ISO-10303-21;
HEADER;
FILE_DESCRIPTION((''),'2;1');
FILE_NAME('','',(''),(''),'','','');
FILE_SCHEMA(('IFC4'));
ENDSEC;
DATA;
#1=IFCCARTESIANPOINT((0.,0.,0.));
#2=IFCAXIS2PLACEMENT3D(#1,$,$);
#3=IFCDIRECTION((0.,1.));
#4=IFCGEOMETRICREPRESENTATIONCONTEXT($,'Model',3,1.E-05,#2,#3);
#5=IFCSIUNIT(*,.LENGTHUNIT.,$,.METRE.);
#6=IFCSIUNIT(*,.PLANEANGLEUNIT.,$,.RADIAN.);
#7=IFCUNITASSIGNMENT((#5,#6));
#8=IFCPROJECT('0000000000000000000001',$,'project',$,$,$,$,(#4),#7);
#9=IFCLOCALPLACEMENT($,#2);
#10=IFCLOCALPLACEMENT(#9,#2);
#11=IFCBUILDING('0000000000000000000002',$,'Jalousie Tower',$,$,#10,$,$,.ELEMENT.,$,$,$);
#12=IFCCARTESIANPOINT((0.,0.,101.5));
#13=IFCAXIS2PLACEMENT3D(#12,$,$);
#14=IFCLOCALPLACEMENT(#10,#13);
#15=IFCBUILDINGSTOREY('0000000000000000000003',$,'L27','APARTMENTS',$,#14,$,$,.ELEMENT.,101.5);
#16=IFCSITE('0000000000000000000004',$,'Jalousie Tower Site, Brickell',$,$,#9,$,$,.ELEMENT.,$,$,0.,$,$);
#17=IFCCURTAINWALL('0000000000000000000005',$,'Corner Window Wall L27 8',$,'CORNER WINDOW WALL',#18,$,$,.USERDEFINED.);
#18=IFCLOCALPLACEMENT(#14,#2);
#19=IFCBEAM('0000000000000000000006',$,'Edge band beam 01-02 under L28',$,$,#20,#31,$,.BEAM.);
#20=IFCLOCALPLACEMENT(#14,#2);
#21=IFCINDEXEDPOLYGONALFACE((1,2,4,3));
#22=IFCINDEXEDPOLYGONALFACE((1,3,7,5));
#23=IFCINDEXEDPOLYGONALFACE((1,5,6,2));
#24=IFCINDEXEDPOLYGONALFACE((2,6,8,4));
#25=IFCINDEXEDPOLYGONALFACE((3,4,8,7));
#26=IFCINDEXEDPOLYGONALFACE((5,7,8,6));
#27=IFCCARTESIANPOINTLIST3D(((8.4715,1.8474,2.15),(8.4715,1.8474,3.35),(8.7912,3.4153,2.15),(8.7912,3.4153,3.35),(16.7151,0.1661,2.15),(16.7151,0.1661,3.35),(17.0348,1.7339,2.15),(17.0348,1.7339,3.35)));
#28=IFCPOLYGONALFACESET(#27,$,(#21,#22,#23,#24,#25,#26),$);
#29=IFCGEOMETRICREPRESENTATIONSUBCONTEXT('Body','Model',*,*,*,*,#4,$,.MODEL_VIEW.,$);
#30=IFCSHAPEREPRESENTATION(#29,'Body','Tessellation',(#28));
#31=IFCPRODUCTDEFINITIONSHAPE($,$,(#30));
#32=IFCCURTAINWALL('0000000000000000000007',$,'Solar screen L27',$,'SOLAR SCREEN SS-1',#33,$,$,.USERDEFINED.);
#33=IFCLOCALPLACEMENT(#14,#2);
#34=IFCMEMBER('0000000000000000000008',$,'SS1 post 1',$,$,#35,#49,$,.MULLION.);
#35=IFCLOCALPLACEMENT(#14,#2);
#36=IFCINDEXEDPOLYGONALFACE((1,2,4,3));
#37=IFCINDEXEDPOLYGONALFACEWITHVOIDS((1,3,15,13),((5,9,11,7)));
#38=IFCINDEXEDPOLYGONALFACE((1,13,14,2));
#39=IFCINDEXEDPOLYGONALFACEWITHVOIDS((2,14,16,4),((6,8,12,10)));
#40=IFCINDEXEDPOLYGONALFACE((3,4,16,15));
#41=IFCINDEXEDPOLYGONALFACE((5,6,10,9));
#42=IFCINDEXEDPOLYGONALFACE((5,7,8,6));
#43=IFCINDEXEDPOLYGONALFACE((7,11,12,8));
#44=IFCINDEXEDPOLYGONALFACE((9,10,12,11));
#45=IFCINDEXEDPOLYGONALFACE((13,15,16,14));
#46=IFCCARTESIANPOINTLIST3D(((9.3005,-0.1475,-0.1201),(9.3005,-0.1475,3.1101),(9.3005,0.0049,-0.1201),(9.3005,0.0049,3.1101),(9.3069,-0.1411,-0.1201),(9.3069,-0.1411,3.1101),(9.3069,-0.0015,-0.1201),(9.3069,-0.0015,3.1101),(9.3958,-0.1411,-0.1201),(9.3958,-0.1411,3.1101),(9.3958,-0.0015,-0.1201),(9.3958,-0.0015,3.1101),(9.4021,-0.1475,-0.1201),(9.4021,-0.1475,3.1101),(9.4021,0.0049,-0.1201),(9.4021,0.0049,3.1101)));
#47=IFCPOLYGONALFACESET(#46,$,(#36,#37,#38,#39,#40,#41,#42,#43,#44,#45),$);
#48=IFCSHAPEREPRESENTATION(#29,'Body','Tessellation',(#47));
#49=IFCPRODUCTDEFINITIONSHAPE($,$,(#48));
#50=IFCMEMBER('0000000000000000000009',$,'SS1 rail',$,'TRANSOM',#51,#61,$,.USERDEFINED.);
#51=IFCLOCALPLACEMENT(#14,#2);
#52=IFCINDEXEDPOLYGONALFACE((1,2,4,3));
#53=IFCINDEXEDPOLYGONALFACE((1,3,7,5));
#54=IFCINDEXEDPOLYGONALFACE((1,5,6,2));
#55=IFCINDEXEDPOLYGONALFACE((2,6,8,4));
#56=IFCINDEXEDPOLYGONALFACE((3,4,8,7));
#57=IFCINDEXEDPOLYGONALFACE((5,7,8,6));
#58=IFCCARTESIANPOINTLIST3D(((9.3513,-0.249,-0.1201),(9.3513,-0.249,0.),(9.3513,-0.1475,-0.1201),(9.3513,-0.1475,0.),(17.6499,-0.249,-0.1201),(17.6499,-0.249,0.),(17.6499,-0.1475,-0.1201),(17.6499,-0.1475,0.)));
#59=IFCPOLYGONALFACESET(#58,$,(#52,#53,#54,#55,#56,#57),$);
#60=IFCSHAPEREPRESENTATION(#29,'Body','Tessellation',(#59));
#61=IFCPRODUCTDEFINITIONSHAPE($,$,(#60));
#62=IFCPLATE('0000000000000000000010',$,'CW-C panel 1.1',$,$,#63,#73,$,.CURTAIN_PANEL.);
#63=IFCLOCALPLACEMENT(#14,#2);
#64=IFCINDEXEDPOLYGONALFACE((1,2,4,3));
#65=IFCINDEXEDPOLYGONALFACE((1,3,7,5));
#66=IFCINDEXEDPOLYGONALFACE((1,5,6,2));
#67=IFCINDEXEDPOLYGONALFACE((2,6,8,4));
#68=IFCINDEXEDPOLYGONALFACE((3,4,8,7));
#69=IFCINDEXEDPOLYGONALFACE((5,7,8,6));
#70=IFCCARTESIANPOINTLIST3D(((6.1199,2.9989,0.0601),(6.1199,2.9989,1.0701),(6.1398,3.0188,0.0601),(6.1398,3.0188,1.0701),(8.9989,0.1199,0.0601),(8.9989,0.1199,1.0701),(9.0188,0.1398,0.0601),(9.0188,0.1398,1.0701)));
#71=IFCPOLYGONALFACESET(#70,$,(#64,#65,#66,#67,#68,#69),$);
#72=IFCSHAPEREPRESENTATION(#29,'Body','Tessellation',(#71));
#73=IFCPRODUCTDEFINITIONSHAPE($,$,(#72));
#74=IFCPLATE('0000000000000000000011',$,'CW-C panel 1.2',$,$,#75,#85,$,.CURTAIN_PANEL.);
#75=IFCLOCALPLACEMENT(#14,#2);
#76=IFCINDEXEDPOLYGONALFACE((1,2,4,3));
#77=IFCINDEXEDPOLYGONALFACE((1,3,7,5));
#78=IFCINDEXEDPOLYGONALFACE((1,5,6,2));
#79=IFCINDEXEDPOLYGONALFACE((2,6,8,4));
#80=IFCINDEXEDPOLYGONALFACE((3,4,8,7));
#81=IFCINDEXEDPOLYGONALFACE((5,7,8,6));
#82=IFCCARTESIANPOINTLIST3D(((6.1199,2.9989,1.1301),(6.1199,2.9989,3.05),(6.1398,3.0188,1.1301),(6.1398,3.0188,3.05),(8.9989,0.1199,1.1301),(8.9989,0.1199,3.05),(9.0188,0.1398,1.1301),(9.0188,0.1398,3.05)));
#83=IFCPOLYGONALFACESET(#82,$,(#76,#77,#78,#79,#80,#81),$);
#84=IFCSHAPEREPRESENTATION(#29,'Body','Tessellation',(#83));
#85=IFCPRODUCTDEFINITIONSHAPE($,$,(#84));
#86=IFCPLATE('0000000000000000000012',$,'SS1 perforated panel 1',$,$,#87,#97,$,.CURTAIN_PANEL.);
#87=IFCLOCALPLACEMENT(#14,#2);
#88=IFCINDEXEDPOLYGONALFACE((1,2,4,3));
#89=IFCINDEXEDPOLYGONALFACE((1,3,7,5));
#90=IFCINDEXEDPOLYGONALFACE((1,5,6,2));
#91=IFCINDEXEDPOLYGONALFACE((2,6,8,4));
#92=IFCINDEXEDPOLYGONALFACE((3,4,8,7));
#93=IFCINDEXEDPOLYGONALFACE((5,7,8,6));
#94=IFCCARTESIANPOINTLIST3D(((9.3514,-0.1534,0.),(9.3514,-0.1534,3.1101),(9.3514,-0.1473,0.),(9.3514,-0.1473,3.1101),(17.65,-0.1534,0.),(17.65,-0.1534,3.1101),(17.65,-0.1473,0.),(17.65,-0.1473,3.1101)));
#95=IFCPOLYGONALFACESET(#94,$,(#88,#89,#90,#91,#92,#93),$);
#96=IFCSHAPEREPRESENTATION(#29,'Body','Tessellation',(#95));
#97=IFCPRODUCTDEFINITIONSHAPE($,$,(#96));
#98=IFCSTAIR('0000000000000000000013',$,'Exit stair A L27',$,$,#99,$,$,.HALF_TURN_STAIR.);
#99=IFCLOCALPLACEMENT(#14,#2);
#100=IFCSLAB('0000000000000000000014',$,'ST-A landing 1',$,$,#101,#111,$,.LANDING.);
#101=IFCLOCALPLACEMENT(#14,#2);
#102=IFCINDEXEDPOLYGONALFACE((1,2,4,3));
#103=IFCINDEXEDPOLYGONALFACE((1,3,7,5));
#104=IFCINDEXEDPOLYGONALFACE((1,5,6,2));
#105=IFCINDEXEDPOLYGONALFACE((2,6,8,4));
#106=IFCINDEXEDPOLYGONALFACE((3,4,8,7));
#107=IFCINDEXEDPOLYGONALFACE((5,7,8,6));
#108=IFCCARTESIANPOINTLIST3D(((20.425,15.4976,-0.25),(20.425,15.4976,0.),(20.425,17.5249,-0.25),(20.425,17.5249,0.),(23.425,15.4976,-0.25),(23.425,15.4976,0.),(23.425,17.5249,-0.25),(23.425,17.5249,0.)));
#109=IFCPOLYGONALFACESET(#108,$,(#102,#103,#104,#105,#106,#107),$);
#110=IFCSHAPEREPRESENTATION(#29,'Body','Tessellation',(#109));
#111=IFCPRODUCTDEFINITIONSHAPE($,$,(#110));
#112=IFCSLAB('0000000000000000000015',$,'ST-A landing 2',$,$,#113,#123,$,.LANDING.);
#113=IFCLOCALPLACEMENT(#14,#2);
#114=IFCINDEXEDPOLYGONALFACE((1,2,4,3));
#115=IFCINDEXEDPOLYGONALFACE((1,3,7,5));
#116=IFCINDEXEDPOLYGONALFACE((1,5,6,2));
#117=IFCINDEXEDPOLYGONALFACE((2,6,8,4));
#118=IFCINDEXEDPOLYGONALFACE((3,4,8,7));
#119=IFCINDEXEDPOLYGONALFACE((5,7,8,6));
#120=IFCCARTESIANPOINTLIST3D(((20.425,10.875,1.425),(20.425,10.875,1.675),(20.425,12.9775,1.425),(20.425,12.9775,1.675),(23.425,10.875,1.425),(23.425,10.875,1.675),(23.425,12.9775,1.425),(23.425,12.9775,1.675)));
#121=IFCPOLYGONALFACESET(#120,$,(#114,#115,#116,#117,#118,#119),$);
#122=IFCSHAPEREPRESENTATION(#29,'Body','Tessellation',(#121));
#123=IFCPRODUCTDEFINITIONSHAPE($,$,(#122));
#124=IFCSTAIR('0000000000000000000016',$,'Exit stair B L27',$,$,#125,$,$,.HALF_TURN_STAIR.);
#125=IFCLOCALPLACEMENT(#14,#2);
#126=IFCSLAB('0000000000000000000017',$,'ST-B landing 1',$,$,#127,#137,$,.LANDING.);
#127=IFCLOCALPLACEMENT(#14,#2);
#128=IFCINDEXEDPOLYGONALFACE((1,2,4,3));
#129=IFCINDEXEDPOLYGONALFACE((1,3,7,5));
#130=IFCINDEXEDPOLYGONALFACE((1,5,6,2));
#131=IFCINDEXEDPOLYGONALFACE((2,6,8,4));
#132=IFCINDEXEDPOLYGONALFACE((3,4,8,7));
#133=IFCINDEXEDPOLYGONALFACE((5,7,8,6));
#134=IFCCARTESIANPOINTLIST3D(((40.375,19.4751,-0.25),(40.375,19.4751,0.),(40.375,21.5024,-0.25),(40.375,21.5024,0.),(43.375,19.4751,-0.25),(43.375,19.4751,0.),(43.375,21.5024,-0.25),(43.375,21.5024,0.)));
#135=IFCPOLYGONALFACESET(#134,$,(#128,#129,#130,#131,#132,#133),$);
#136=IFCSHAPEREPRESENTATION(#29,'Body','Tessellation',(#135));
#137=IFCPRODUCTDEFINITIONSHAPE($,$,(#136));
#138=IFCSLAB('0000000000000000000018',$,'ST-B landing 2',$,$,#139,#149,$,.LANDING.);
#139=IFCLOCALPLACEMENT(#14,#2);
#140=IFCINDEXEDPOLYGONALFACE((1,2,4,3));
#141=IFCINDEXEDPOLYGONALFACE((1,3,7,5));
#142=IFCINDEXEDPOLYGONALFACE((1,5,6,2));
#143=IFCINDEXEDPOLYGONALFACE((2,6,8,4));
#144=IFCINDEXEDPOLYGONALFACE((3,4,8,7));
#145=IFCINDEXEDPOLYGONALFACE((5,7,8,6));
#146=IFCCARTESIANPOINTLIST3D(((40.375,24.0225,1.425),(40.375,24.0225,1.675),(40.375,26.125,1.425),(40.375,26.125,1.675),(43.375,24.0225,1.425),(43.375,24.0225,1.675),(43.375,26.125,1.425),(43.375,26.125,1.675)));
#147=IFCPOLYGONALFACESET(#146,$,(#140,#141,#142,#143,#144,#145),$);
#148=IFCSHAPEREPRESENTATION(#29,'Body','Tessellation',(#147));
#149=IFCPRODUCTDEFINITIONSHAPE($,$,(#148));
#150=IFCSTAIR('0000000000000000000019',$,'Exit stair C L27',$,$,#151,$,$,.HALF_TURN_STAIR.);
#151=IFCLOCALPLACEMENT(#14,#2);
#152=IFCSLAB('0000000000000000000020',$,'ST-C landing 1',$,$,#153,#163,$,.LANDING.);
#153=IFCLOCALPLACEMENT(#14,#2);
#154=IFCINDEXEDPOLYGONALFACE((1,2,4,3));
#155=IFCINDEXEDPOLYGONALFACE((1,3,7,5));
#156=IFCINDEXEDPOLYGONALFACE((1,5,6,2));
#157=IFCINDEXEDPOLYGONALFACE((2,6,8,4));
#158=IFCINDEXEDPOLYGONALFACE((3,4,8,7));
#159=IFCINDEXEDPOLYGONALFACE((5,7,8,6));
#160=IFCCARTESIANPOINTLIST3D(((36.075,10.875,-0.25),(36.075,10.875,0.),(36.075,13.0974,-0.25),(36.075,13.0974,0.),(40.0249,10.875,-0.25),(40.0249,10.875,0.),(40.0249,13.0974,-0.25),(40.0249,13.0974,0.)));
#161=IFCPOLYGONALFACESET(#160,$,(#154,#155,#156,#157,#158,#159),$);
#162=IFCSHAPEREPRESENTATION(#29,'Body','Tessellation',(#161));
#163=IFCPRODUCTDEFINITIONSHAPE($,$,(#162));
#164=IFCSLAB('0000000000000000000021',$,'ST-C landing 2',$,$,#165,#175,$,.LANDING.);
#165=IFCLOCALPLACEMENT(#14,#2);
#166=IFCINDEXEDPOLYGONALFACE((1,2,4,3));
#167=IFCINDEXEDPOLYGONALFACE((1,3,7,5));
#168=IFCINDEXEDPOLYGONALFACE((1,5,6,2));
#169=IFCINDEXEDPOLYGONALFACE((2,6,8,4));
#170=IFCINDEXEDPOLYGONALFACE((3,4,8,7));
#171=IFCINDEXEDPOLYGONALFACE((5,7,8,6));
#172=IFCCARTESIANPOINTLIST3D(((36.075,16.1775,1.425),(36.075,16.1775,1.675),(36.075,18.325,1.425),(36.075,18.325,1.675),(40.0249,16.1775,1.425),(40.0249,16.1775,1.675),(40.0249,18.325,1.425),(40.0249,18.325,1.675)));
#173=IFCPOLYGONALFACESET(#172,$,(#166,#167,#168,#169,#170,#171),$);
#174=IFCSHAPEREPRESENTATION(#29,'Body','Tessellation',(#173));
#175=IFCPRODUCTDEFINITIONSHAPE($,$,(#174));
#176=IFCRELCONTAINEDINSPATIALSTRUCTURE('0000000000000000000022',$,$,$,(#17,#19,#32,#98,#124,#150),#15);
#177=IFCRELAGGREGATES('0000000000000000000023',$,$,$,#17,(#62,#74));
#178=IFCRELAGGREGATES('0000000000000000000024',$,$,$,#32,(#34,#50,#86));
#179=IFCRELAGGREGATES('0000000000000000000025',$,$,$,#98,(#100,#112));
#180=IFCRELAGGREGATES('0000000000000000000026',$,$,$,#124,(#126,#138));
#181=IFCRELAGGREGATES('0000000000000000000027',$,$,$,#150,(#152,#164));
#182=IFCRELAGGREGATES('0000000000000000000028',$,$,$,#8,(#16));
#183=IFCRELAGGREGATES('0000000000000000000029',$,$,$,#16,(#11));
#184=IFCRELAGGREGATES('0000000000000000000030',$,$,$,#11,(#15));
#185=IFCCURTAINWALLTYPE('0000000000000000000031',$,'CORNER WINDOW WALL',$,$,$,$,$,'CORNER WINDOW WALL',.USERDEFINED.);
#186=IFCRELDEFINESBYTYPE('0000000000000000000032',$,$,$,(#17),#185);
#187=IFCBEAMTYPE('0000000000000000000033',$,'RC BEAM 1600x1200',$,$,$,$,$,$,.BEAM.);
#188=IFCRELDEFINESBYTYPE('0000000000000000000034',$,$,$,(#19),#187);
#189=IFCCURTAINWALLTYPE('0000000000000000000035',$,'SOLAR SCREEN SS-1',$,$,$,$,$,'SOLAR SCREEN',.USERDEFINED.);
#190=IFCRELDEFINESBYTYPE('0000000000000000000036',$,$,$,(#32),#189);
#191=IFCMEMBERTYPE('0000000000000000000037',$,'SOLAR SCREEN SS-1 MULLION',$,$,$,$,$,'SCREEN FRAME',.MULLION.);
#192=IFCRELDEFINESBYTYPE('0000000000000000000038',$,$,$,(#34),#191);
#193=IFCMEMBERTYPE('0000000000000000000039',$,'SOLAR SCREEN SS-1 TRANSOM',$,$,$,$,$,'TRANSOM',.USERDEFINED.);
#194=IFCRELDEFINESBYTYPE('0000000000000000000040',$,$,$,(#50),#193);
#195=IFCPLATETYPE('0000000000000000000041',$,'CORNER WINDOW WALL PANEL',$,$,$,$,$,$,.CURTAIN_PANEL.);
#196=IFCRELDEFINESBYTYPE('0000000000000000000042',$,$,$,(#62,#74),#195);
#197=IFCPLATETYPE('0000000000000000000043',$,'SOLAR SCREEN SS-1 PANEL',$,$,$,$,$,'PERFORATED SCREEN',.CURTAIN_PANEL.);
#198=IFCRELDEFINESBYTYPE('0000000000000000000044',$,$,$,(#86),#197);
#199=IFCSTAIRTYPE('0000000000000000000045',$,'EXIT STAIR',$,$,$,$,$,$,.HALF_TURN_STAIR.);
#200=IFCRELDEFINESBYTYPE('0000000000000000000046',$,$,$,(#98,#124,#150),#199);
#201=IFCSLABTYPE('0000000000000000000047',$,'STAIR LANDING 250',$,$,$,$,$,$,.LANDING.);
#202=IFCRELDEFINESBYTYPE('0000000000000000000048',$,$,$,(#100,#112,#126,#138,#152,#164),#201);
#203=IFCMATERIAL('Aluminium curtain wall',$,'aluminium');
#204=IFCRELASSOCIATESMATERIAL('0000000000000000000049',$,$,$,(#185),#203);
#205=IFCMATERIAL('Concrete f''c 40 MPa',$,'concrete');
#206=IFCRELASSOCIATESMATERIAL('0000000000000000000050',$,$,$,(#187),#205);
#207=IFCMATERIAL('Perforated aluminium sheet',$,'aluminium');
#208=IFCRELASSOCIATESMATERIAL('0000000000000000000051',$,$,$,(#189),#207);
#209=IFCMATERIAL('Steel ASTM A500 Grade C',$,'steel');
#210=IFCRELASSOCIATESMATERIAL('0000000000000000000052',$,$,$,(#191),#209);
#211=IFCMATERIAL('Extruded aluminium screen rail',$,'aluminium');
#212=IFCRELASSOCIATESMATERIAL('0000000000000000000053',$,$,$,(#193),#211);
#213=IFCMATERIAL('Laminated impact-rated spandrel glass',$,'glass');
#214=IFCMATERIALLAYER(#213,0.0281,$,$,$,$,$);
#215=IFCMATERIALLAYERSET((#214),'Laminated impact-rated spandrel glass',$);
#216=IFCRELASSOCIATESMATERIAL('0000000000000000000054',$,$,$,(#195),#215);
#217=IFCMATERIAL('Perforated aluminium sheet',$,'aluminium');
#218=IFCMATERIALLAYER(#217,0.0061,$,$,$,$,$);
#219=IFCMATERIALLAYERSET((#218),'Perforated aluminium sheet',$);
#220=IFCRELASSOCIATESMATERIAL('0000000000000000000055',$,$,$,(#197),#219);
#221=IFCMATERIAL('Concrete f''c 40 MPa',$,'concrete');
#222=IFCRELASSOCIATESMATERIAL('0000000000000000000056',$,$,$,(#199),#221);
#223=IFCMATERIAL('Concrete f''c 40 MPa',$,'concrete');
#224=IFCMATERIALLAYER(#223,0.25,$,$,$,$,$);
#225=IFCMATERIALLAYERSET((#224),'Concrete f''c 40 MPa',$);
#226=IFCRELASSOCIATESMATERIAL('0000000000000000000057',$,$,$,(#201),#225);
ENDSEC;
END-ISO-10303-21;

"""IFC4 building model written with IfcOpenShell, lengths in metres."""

from ifc_helpers import new_model, si_unit, direction, frame, origin, origin_2d, place, context, subcontext, project, spatial, polyline, rectangle, hollow_rectangle, outline, extrude, material, layer, layer_set, material_profile, profile_set, type_object, element, aggregate, save


model = new_model("IFC4")

# Units and contexts
model_context = context("Model", 3, precision=1e-05, world=origin(), true_north=direction((0.0, 1.0)))
body_context = subcontext(model_context, "Body", "Model", "MODEL_VIEW")
ifc_project = project(units=[si_unit("LENGTHUNIT", "METRE"), si_unit("PLANEANGLEUNIT", "RADIAN")], contexts=[model_context])

# Site, building, storey
site_placement = place(None, origin())
site = spatial("IfcSite", under=ifc_project, at=site_placement, Name="Jalousie Tower Site, Brickell", CompositionType="ELEMENT", RefElevation=0.0)
building_placement = place(site_placement, origin())
building = spatial("IfcBuilding", under=site, at=building_placement, Name="Jalousie Tower", CompositionType="ELEMENT")
storey_placement = place(building_placement, frame((0.0, 0.0, 101.5)))
storey = spatial("IfcBuildingStorey", under=building, at=storey_placement, Name="L27", Description="APARTMENTS", CompositionType="ELEMENT", Elevation=101.5)

# Curtain wall
ifc_material_1 = material(Name="Aluminium curtain wall", Category="aluminium")
curtain_wall_type_1 = type_object("IfcCurtainWallType", Name="CORNER WINDOW WALL", ElementType="CORNER WINDOW WALL", PredefinedType="USERDEFINED", material=ifc_material_1)
curtain_wall_1_placement = place(storey_placement, origin())
curtain_wall_1 = element("IfcCurtainWall", 1, at=curtain_wall_1_placement, inside=storey, type_object=curtain_wall_type_1, Name="Corner Window Wall L27 8", ObjectType="CORNER WINDOW WALL", PredefinedType="USERDEFINED")

# Beam
ifc_material_2 = material(Name="Concrete f'c 40 MPa", Category="concrete")
ifc_material_profile_1 = material_profile(ifc_material_2, rectangle(XDim=1.6001, YDim=1.2, at=origin_2d()), Name="RC 1600x1200")
ifc_profile_set_1 = profile_set([ifc_material_profile_1], Name="Concrete f'c 40 MPa")
beam_type_1 = type_object("IfcBeamType", Name="RC BEAM 1600x1200", PredefinedType="BEAM", material=ifc_profile_set_1)
beam_1_placement = place(storey_placement, frame((8.6313, 2.6313, 2.75), z_axis=(0.979827, -0.199848, 0.0), x_axis=(0.199848, 0.979827, 0.0)))
element("IfcBeam", 2, at=beam_1_placement, inside=storey, type_object=beam_type_1, Name="Edge band beam 01-02 under L28", PredefinedType="BEAM", context=body_context, shape_type="SweptSolid", body=[
    extrude(rectangle(XDim=1.6001, YDim=1.2, at=origin_2d()), origin(), (0.0, 0.0, 1.0), 8.4133),
])

# Curtain wall, members
ifc_material_3 = material(Name="Perforated aluminium sheet", Category="aluminium")
curtain_wall_type_2 = type_object("IfcCurtainWallType", Name="SOLAR SCREEN SS-1", ElementType="SOLAR SCREEN", PredefinedType="USERDEFINED", material=ifc_material_3)
curtain_wall_2_placement = place(storey_placement, origin())
curtain_wall_2 = element("IfcCurtainWall", 3, at=curtain_wall_2_placement, inside=storey, type_object=curtain_wall_type_2, Name="Solar screen L27", ObjectType="SOLAR SCREEN SS-1", PredefinedType="USERDEFINED")
ifc_material_4 = material(Name="Steel ASTM A500 Grade C", Category="steel")
ifc_material_profile_2 = material_profile(ifc_material_4, hollow_rectangle(XDim=0.1016, YDim=0.1523, WallThickness=0.0063, at=origin_2d()), Name="HSS6X4X1/4")
ifc_profile_set_2 = profile_set([ifc_material_profile_2], Name="Steel ASTM A500 Grade C")
member_type_1 = type_object("IfcMemberType", Name="SOLAR SCREEN SS-1 MULLION", ElementType="SCREEN FRAME", PredefinedType="MULLION", material=ifc_profile_set_2)
member_1_placement = place(storey_placement, frame((9.3513, -0.0713, -0.1201), z_axis=(0.0, 0.0, 1.0), x_axis=(1.0, 0.0, 0.0)))
member_1 = element("IfcMember", 4, at=member_1_placement, type_object=member_type_1, Name="SS1 post 1", PredefinedType="MULLION", context=body_context, shape_type="SweptSolid", body=[
    extrude(hollow_rectangle(XDim=0.1016, YDim=0.1523, WallThickness=0.0063, at=origin_2d()), origin(), (0.0, 0.0, 1.0), 3.2302),
])
ifc_material_5 = material(Name="Extruded aluminium screen rail", Category="aluminium")
ifc_material_profile_3 = material_profile(ifc_material_5, rectangle(XDim=0.1016, YDim=0.1201, at=origin_2d()), Name="RAIL 102x120")
ifc_profile_set_3 = profile_set([ifc_material_profile_3], Name="Extruded aluminium screen rail")
member_type_2 = type_object("IfcMemberType", Name="SOLAR SCREEN SS-1 TRANSOM", ElementType="TRANSOM", PredefinedType="USERDEFINED", material=ifc_profile_set_3)
member_2_placement = place(storey_placement, frame((9.3513, -0.1982, -0.0601), z_axis=(1.0, 0.0, 0.0), x_axis=(0.0, 1.0, 0.0)))
member_2 = element("IfcMember", 5, at=member_2_placement, type_object=member_type_2, Name="SS1 rail", ObjectType="TRANSOM", PredefinedType="USERDEFINED", context=body_context, shape_type="SweptSolid", body=[
    extrude(rectangle(XDim=0.1016, YDim=0.1201, at=origin_2d()), origin(), (0.0, 0.0, 1.0), 8.2986),
])

# Plates
ifc_material_6 = material(Name="Laminated impact-rated spandrel glass", Category="glass")
ifc_layer_1 = layer(ifc_material_6, 0.0281)
ifc_layer_set_1 = layer_set([ifc_layer_1], Name="Laminated impact-rated spandrel glass")
plate_type_1 = type_object("IfcPlateType", Name="CORNER WINDOW WALL PANEL", PredefinedType="CURTAIN_PANEL", material=ifc_layer_set_1)
plate_1_placement = place(storey_placement, frame((7.5693, 1.5693, 0.0601), z_axis=(0.0, 0.0, 1.0), x_axis=(0.707107, -0.707107, 0.0)))
plate_1 = element("IfcPlate", 6, at=plate_1_placement, type_object=plate_type_1, Name="CW-C panel 1.1", PredefinedType="CURTAIN_PANEL", context=body_context, shape_type="SweptSolid", body=[
    extrude(rectangle(XDim=4.0715, YDim=0.0281, at=origin_2d()), origin(), (0.0, 0.0, 1.0), 1.01),
])
plate_2_placement = place(storey_placement, frame((7.5693, 1.5693, 1.1301), z_axis=(0.0, 0.0, 1.0), x_axis=(0.707107, -0.707107, 0.0)))
plate_2 = element("IfcPlate", 7, at=plate_2_placement, type_object=plate_type_1, Name="CW-C panel 1.2", PredefinedType="CURTAIN_PANEL", context=body_context, shape_type="SweptSolid", body=[
    extrude(rectangle(XDim=4.0715, YDim=0.0281, at=origin_2d()), origin(), (0.0, 0.0, 1.0), 1.9199),
])
aggregate(curtain_wall_1, [plate_1, plate_2])

# Plate
ifc_material_7 = material(Name="Perforated aluminium sheet", Category="aluminium")
ifc_layer_2 = layer(ifc_material_7, 0.0061)
ifc_layer_set_2 = layer_set([ifc_layer_2], Name="Perforated aluminium sheet")
plate_type_2 = type_object("IfcPlateType", Name="SOLAR SCREEN SS-1 PANEL", ElementType="PERFORATED SCREEN", PredefinedType="CURTAIN_PANEL", material=ifc_layer_set_2)
plate_3_placement = place(storey_placement, frame((13.5007, -0.1504, 0.0), z_axis=(0.0, 0.0, 1.0), x_axis=(1.0, 0.0, 0.0)))
plate_3 = element("IfcPlate", 8, at=plate_3_placement, type_object=plate_type_2, Name="SS1 perforated panel 1", PredefinedType="CURTAIN_PANEL", context=body_context, shape_type="SweptSolid", body=[
    extrude(rectangle(XDim=8.2986, YDim=0.0061, at=origin_2d()), origin(), (0.0, 0.0, 1.0), 3.1101),
])
aggregate(curtain_wall_2, [member_1, member_2, plate_3])

# Stairs, slabs
ifc_material_8 = material(Name="Concrete f'c 40 MPa", Category="concrete")
stair_type = type_object("IfcStairType", Name="EXIT STAIR", PredefinedType="HALF_TURN_STAIR", material=ifc_material_8)
stair_1_placement = place(storey_placement, origin())
stair_1 = element("IfcStair", 9, at=stair_1_placement, inside=storey, type_object=stair_type, Name="Exit stair A L27", PredefinedType="HALF_TURN_STAIR")
ifc_material_9 = material(Name="Concrete f'c 40 MPa", Category="concrete")
ifc_layer_3 = layer(ifc_material_9, 0.25)
ifc_layer_set_3 = layer_set([ifc_layer_3], Name="Concrete f'c 40 MPa")
slab_type_1 = type_object("IfcSlabType", Name="STAIR LANDING 250", PredefinedType="LANDING", material=ifc_layer_set_3)
slab_1_placement = place(storey_placement, frame((0.0, 0.0, -0.25)))
slab_1 = element("IfcSlab", 10, at=slab_1_placement, type_object=slab_type_1, Name="ST-A landing 1", PredefinedType="LANDING", context=body_context, shape_type="SweptSolid", body=[
    extrude(outline(polyline([(20.425, 15.4976), (23.425, 15.4976), (23.425, 17.5249), (20.425, 17.5249), (20.425, 15.4976)])), origin(), (0.0, 0.0, 1.0), 0.25),
])
slab_2_placement = place(storey_placement, frame((0.0, 0.0, 1.425)))
slab_2 = element("IfcSlab", 11, at=slab_2_placement, type_object=slab_type_1, Name="ST-A landing 2", PredefinedType="LANDING", context=body_context, shape_type="SweptSolid", body=[
    extrude(outline(polyline([(20.425, 10.875), (23.425, 10.875), (23.425, 12.9775), (20.425, 12.9775), (20.425, 10.875)])), origin(), (0.0, 0.0, 1.0), 0.25),
])
aggregate(stair_1, [slab_1, slab_2])
stair_2_placement = place(storey_placement, origin())
stair_2 = element("IfcStair", 12, at=stair_2_placement, inside=storey, type_object=stair_type, Name="Exit stair B L27", PredefinedType="HALF_TURN_STAIR")
slab_3_placement = place(storey_placement, frame((0.0, 0.0, -0.25)))
slab_3 = element("IfcSlab", 13, at=slab_3_placement, type_object=slab_type_1, Name="ST-B landing 1", PredefinedType="LANDING", context=body_context, shape_type="SweptSolid", body=[
    extrude(outline(polyline([(40.375, 19.4751), (43.375, 19.4751), (43.375, 21.5024), (40.375, 21.5024), (40.375, 19.4751)])), origin(), (0.0, 0.0, 1.0), 0.25),
])
slab_4_placement = place(storey_placement, frame((0.0, 0.0, 1.425)))
slab_4 = element("IfcSlab", 14, at=slab_4_placement, type_object=slab_type_1, Name="ST-B landing 2", PredefinedType="LANDING", context=body_context, shape_type="SweptSolid", body=[
    extrude(outline(polyline([(40.375, 24.0225), (43.375, 24.0225), (43.375, 26.125), (40.375, 26.125), (40.375, 24.0225)])), origin(), (0.0, 0.0, 1.0), 0.25),
])
aggregate(stair_2, [slab_3, slab_4])
stair_3_placement = place(storey_placement, origin())
stair_3 = element("IfcStair", 15, at=stair_3_placement, inside=storey, type_object=stair_type, Name="Exit stair C L27", PredefinedType="HALF_TURN_STAIR")
slab_5_placement = place(storey_placement, frame((0.0, 0.0, -0.25)))
slab_5 = element("IfcSlab", 16, at=slab_5_placement, type_object=slab_type_1, Name="ST-C landing 1", PredefinedType="LANDING", context=body_context, shape_type="SweptSolid", body=[
    extrude(outline(polyline([(36.075, 10.875), (40.0249, 10.875), (40.0249, 13.0974), (36.075, 13.0974), (36.075, 10.875)])), origin(), (0.0, 0.0, 1.0), 0.25),
])
slab_6_placement = place(storey_placement, frame((0.0, 0.0, 1.425)))
slab_6 = element("IfcSlab", 17, at=slab_6_placement, type_object=slab_type_1, Name="ST-C landing 2", PredefinedType="LANDING", context=body_context, shape_type="SweptSolid", body=[
    extrude(outline(polyline([(36.075, 16.1775), (40.0249, 16.1775), (40.0249, 18.325), (36.075, 18.325), (36.075, 16.1775)])), origin(), (0.0, 0.0, 1.0), 0.25),
])
aggregate(stair_3, [slab_5, slab_6])

save(model, "model.ifc")
